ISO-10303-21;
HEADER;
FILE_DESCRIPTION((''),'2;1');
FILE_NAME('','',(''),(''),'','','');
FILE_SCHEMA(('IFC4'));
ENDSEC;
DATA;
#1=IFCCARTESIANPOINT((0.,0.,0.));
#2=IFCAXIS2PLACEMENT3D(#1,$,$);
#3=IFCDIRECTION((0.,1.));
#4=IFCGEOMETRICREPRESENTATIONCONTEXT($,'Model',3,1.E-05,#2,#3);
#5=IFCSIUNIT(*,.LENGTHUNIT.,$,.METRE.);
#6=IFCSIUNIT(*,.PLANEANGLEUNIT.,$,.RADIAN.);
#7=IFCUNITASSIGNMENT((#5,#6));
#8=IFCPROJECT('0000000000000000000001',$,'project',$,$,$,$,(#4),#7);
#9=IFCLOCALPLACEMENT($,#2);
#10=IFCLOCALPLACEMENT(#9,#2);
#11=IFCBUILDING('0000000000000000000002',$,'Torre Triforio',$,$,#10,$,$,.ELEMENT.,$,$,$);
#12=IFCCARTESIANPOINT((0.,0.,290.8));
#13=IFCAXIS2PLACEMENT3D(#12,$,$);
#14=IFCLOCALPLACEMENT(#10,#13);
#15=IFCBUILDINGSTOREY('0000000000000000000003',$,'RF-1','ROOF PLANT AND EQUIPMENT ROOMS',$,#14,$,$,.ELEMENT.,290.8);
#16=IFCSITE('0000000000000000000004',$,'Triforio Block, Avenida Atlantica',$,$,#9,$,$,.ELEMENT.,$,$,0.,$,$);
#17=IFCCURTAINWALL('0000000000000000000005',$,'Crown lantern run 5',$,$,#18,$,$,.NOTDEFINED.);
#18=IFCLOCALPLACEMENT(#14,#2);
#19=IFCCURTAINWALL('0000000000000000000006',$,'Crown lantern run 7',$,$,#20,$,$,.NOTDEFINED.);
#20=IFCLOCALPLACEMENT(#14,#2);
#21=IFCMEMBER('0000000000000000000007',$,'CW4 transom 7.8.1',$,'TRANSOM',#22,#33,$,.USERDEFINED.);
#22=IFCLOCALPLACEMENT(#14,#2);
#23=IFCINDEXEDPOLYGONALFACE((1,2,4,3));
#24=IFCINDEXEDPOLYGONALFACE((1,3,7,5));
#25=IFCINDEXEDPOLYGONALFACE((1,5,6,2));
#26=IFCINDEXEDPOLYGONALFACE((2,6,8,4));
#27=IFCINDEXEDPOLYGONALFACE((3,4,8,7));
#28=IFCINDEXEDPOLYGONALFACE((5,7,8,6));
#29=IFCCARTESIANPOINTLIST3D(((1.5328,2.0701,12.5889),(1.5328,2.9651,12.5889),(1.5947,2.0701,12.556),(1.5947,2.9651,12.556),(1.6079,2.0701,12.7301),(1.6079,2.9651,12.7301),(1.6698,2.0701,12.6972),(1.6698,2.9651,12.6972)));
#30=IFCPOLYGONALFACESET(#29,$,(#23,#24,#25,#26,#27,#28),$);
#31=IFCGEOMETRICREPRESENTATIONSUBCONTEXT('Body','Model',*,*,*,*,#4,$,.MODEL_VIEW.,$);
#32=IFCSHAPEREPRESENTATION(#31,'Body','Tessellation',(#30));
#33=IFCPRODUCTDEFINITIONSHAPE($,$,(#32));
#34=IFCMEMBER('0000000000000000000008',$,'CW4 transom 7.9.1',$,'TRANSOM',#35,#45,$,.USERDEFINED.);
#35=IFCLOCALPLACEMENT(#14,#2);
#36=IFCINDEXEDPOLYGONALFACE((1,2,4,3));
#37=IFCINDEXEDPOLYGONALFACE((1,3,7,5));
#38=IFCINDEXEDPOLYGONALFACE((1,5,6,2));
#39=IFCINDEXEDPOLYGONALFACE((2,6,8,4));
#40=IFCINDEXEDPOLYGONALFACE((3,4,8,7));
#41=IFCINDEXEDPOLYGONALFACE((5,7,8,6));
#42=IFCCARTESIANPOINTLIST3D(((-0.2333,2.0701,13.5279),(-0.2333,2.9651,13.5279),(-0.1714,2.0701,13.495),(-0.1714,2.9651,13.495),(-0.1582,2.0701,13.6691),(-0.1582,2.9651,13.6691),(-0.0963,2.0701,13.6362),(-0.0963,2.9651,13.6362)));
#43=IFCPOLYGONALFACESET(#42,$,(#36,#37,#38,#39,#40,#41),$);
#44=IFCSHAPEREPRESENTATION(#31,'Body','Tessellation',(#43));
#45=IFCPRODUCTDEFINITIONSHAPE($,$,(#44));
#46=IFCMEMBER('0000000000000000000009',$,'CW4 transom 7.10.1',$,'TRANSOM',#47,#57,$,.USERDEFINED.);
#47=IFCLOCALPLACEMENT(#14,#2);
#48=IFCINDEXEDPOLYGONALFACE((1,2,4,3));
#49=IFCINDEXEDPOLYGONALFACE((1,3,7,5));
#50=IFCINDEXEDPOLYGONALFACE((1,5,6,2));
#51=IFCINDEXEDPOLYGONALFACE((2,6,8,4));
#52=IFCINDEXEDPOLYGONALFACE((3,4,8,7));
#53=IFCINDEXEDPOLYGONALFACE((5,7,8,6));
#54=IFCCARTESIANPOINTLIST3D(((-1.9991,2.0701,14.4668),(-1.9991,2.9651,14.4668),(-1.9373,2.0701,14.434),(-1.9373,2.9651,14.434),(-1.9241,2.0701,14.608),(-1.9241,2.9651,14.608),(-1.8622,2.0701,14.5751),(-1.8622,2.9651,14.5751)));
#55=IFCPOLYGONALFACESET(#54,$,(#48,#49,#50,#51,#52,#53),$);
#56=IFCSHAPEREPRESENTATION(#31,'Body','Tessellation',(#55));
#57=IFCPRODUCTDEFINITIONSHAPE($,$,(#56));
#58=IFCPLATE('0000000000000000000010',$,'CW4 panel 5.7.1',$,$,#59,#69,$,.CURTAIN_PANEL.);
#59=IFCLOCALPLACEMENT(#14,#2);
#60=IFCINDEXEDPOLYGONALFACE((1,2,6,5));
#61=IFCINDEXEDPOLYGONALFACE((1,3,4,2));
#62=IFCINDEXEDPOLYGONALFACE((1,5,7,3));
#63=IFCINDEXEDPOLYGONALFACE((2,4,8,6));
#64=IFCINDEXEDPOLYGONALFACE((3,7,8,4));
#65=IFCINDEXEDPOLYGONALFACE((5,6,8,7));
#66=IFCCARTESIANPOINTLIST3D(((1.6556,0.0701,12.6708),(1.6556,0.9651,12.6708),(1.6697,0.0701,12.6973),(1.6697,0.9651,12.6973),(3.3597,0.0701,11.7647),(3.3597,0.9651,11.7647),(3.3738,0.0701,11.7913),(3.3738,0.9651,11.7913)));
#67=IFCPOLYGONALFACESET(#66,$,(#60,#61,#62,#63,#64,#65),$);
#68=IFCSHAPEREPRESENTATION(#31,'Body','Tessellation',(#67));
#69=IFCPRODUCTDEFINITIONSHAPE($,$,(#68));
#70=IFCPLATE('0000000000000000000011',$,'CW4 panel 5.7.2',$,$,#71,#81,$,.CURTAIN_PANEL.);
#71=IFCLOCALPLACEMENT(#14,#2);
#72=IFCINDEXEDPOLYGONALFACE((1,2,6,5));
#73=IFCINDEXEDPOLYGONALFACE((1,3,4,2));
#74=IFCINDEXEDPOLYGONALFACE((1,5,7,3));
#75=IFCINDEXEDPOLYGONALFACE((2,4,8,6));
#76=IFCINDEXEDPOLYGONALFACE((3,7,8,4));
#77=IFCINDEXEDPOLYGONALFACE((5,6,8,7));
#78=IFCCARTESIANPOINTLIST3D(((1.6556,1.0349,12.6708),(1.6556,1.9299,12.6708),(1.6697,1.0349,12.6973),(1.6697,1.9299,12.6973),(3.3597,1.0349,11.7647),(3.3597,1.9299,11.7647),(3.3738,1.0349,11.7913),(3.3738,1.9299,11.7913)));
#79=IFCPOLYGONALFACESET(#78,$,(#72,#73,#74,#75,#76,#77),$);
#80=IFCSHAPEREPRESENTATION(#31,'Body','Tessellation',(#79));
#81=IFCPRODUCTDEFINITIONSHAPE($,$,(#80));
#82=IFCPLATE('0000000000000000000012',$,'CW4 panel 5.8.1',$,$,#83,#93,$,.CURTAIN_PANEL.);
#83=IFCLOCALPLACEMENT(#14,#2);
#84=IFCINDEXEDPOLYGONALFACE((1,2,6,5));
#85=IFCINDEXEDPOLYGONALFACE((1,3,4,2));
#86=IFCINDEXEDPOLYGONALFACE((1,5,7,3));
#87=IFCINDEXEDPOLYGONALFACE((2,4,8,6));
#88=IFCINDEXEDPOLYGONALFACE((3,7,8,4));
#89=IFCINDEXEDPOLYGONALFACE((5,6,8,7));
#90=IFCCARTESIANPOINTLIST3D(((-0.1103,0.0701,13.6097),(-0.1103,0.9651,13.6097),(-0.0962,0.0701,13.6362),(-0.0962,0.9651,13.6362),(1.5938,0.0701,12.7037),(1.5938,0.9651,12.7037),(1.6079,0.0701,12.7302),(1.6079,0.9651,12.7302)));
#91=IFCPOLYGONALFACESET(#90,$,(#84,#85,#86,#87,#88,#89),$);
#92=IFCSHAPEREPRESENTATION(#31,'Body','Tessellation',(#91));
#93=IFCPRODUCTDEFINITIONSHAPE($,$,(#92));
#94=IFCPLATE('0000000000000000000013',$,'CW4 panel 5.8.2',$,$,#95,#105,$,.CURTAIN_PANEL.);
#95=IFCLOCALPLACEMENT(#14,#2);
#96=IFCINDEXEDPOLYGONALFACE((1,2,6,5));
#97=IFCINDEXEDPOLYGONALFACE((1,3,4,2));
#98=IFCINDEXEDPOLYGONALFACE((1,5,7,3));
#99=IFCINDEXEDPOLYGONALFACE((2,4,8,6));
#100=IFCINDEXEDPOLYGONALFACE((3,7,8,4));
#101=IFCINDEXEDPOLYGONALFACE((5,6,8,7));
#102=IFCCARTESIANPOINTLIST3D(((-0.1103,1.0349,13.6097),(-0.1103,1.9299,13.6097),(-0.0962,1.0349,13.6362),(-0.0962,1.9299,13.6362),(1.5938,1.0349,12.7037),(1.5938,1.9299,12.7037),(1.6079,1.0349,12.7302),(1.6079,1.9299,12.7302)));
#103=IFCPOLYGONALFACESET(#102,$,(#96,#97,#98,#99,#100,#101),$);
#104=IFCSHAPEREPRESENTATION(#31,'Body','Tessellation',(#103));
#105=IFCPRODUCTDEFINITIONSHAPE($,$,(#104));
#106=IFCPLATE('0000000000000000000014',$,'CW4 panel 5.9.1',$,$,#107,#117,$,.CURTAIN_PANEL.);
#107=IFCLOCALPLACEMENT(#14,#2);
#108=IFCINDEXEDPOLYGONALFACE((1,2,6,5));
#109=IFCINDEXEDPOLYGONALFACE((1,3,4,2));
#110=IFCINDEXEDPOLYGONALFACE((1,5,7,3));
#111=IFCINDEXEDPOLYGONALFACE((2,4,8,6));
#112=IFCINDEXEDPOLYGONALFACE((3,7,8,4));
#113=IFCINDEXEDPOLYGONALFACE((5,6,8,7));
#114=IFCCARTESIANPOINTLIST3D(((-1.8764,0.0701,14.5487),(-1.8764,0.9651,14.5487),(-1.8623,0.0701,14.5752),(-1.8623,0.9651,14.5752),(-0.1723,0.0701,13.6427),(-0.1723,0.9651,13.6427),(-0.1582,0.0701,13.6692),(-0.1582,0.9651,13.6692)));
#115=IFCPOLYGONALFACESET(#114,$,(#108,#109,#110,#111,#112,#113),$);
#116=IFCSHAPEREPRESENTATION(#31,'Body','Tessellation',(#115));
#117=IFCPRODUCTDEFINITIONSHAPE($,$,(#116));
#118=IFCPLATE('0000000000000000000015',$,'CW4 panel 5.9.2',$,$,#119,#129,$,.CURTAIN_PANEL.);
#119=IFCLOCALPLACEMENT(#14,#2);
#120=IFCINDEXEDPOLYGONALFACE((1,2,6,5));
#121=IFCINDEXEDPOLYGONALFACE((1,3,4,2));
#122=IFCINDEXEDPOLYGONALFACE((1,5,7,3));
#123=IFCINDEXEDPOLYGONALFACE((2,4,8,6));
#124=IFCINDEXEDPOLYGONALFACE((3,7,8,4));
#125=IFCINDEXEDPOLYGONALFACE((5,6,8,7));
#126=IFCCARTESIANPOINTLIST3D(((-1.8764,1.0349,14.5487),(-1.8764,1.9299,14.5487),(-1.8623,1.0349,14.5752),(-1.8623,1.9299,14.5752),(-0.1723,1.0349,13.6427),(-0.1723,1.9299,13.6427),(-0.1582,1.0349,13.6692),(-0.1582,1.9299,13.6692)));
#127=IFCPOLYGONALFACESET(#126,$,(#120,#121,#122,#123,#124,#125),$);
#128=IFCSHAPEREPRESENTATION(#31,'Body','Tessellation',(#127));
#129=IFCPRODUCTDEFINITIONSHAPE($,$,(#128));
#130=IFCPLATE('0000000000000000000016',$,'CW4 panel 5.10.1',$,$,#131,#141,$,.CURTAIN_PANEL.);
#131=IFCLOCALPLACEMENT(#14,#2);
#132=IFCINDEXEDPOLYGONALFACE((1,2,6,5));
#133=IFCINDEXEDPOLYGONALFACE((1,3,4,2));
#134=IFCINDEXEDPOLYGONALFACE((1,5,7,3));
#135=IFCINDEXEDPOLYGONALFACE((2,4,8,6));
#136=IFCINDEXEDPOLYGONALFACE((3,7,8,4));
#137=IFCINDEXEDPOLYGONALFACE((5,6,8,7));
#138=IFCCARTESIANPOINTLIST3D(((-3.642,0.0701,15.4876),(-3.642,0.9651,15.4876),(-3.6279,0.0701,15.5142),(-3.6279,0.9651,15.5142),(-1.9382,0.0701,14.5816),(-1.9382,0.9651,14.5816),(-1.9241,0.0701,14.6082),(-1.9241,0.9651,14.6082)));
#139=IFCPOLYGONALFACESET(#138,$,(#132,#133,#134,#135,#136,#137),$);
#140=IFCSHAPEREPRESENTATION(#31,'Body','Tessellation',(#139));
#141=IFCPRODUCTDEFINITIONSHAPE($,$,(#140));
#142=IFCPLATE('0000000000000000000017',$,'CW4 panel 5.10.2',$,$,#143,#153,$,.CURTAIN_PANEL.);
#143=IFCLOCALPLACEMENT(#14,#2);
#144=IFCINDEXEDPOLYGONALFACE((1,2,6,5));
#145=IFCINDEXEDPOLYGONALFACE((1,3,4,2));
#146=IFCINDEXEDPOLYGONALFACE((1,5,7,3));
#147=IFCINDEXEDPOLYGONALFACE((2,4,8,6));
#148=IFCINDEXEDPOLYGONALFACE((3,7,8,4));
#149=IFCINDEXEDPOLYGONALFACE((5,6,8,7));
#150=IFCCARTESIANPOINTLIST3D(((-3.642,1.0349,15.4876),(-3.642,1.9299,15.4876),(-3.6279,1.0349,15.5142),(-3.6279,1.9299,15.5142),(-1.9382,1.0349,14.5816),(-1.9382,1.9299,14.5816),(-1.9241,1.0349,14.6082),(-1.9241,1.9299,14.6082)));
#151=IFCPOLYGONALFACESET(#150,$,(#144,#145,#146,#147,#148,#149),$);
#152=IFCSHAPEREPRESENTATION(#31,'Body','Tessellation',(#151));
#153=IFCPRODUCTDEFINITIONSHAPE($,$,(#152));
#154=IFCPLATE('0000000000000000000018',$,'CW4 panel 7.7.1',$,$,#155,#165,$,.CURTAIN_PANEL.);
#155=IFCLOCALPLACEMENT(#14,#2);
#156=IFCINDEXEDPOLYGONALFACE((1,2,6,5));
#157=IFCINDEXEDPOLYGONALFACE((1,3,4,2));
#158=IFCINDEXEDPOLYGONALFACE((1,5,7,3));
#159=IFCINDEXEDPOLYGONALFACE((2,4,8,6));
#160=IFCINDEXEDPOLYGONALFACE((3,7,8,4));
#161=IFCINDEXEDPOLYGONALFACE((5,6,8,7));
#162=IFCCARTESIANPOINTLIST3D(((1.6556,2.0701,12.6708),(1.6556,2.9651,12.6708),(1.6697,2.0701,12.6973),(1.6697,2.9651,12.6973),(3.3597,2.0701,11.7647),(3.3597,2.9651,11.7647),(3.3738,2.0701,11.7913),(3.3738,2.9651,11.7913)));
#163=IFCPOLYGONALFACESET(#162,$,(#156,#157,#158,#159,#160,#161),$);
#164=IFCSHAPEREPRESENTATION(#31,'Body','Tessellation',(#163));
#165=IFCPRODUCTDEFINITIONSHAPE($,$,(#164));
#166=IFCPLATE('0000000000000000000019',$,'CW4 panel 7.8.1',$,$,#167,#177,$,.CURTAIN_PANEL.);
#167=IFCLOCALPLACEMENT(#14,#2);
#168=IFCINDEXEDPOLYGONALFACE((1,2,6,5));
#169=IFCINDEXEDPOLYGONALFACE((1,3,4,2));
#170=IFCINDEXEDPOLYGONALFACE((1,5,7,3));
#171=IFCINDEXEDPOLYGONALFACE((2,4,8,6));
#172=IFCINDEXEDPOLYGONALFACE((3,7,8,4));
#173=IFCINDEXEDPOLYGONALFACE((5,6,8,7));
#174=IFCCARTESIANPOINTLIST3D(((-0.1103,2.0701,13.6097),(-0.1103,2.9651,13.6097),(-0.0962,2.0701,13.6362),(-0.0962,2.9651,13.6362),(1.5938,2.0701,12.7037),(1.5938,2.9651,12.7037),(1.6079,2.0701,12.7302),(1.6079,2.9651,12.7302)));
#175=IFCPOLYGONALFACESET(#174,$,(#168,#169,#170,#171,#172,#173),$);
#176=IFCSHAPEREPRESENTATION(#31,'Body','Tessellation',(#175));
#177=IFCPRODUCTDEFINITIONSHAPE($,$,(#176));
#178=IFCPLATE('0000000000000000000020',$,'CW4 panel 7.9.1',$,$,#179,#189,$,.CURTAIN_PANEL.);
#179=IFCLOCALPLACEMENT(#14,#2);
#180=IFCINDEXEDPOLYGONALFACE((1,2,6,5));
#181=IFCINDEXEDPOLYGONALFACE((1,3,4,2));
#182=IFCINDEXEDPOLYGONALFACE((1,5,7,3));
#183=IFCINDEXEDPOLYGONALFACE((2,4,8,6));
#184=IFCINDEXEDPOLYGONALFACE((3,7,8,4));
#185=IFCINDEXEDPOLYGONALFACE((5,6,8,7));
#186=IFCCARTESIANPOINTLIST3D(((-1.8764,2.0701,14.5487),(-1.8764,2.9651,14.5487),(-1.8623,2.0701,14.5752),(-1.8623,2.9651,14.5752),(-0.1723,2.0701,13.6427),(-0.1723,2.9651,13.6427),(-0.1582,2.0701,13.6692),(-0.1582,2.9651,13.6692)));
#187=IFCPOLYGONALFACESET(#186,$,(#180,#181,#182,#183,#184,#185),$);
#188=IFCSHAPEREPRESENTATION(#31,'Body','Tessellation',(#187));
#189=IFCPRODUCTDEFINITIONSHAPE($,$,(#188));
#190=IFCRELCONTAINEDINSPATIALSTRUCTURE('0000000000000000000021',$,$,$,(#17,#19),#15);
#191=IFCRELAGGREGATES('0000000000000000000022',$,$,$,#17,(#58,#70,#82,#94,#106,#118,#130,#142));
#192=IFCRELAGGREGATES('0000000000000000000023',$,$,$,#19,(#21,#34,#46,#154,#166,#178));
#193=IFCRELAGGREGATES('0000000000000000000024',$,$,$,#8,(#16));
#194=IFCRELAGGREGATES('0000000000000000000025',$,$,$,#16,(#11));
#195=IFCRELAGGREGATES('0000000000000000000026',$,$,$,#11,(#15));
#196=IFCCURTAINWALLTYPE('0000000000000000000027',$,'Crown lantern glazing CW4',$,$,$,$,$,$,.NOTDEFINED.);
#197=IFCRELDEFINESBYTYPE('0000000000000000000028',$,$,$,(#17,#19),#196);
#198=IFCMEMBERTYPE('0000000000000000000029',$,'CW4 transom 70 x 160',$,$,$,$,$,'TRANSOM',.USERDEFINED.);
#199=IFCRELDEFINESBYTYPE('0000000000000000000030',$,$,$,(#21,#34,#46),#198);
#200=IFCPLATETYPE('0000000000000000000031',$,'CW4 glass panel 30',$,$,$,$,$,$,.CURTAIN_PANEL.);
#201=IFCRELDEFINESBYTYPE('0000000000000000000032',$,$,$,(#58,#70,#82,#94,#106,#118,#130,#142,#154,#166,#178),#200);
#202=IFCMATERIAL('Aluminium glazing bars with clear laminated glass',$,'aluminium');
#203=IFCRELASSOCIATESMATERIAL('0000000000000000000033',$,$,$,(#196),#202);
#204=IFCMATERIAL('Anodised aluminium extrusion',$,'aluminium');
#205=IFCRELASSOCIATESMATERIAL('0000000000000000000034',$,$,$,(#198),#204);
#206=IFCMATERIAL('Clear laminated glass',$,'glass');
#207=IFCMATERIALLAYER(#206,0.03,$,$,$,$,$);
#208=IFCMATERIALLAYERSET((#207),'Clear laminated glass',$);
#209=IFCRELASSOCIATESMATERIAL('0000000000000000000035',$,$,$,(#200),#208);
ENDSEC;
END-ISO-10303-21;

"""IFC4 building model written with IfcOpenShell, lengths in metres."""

from ifc_helpers import new_model, si_unit, direction, frame, origin, origin_2d, place, context, subcontext, project, spatial, polyline, rectangle, outline, extrude, material, layer, layer_set, material_profile, profile_set, type_object, element, aggregate, save


model = new_model("IFC4")

# Units and contexts
model_context = context("Model", 3, precision=1e-05, world=origin(), true_north=direction((0.0, 1.0)))
body_context = subcontext(model_context, "Body", "Model", "MODEL_VIEW")
ifc_project = project(units=[si_unit("LENGTHUNIT", "METRE"), si_unit("PLANEANGLEUNIT", "RADIAN")], contexts=[model_context])

# Site, building, storey
site_placement = place(None, origin())
site = spatial("IfcSite", under=ifc_project, at=site_placement, Name="Triforio Block, Avenida Atlantica", CompositionType="ELEMENT", RefElevation=0.0)
building_placement = place(site_placement, origin())
building = spatial("IfcBuilding", under=site, at=building_placement, Name="Torre Triforio", CompositionType="ELEMENT")
storey_placement = place(building_placement, frame((0.0, 0.0, 290.8)))
storey = spatial("IfcBuildingStorey", under=building, at=storey_placement, Name="RF-1", Description="ROOF PLANT AND EQUIPMENT ROOMS", CompositionType="ELEMENT", Elevation=290.8)

# Curtain walls
ifc_material_1 = material(Name="Aluminium glazing bars with clear laminated glass", Category="aluminium")
curtain_wall_type = type_object("IfcCurtainWallType", Name="Crown lantern glazing CW4", PredefinedType="NOTDEFINED", material=ifc_material_1)
curtain_wall_1_placement = place(storey_placement, origin())
curtain_wall_1 = element("IfcCurtainWall", 1, at=curtain_wall_1_placement, inside=storey, type_object=curtain_wall_type, Name="Crown lantern run 5", PredefinedType="NOTDEFINED")
ifc_material_2 = material(Name="Anodised aluminium extrusion", Category="aluminium")
curtain_wall_2_placement = place(storey_placement, origin())
curtain_wall_2 = element("IfcCurtainWall", 2, at=curtain_wall_2_placement, inside=storey, type_object=curtain_wall_type, Name="Crown lantern run 7", PredefinedType="NOTDEFINED")

# Members
ifc_material_profile_1 = material_profile(ifc_material_2, rectangle(XDim=0.0701, YDim=0.1599, at=origin_2d()), Name="CW4 TRANSOM 70x160")
ifc_profile_set_1 = profile_set([ifc_material_profile_1], Name="Anodised aluminium extrusion")
member_type_1 = type_object("IfcMemberType", Name="CW4 transom 70 x 160", ElementType="TRANSOM", PredefinedType="USERDEFINED", material=ifc_profile_set_1)
member_1_placement = place(storey_placement, frame((1.6013, 2.0701, 12.6431), z_axis=(0.0, 1.0, 0.0), x_axis=(-0.882948, 0.0, 0.469472)))
member_1 = element("IfcMember", 3, at=member_1_placement, type_object=member_type_1, Name="CW4 transom 7.8.1", ObjectType="TRANSOM", PredefinedType="USERDEFINED", context=body_context, shape_type="SweptSolid", body=[
    extrude(rectangle(XDim=0.0701, YDim=0.1599, at=origin_2d()), origin(), (0.0, 0.0, 1.0), 0.895),
])
member_2_placement = place(storey_placement, frame((-0.1648, 2.0701, 13.582), z_axis=(0.0, 1.0, 0.0), x_axis=(-0.882948, 0.0, 0.469472)))
member_2 = element("IfcMember", 4, at=member_2_placement, type_object=member_type_1, Name="CW4 transom 7.9.1", ObjectType="TRANSOM", PredefinedType="USERDEFINED", context=body_context, shape_type="SweptSolid", body=[
    extrude(rectangle(XDim=0.0701, YDim=0.1599, at=origin_2d()), origin(), (0.0, 0.0, 1.0), 0.895),
])
member_3_placement = place(storey_placement, frame((-1.9307, 2.0701, 14.521), z_axis=(0.0, 1.0, 0.0), x_axis=(-0.882948, 0.0, 0.469472)))
member_3 = element("IfcMember", 5, at=member_3_placement, type_object=member_type_1, Name="CW4 transom 7.10.1", ObjectType="TRANSOM", PredefinedType="USERDEFINED", context=body_context, shape_type="SweptSolid", body=[
    extrude(rectangle(XDim=0.0701, YDim=0.1599, at=origin_2d()), origin(), (0.0, 0.0, 1.0), 0.895),
])

# Plates
ifc_material_3 = material(Name="Clear laminated glass", Category="glass")
ifc_layer = layer(ifc_material_3, 0.03)
ifc_layer_set = layer_set([ifc_layer], Name="Clear laminated glass")
plate_type = type_object("IfcPlateType", Name="CW4 glass panel 30", PredefinedType="CURTAIN_PANEL", material=ifc_layer_set)
plate_1_placement = place(storey_placement, frame((3.3738, 0.0701, 11.7913), z_axis=(0.469439, 0.0, 0.882965), x_axis=(0.0, 1.0, 0.0)))
plate_1 = element("IfcPlate", 6, at=plate_1_placement, type_object=plate_type, Name="CW4 panel 5.7.1", PredefinedType="CURTAIN_PANEL", context=body_context, shape_type="SweptSolid", body=[
    extrude(outline(polyline([(0.0, 0.0), (0.895, 0.0), (0.895, 1.93), (0.0, 1.93), (0.0, 0.0)])), origin(), (0.0, 0.0, -1.0), 0.03),
])
plate_2_placement = place(storey_placement, frame((3.3738, 1.0349, 11.7913), z_axis=(0.469439, 0.0, 0.882965), x_axis=(0.0, 1.0, 0.0)))
plate_2 = element("IfcPlate", 7, at=plate_2_placement, type_object=plate_type, Name="CW4 panel 5.7.2", PredefinedType="CURTAIN_PANEL", context=body_context, shape_type="SweptSolid", body=[
    extrude(outline(polyline([(0.0, 0.0), (0.895, 0.0), (0.895, 1.93), (0.0, 1.93), (0.0, 0.0)])), origin(), (0.0, 0.0, -1.0), 0.03),
])
plate_3_placement = place(storey_placement, frame((1.6079, 0.0701, 12.7302), z_axis=(0.469439, 0.0, 0.882965), x_axis=(0.0, 1.0, 0.0)))
plate_3 = element("IfcPlate", 8, at=plate_3_placement, type_object=plate_type, Name="CW4 panel 5.8.1", PredefinedType="CURTAIN_PANEL", context=body_context, shape_type="SweptSolid", body=[
    extrude(outline(polyline([(0.0, 0.0), (0.895, 0.0), (0.895, 1.93), (0.0, 1.93), (0.0, 0.0)])), origin(), (0.0, 0.0, -1.0), 0.03),
])
plate_4_placement = place(storey_placement, frame((1.6079, 1.0349, 12.7302), z_axis=(0.469439, 0.0, 0.882965), x_axis=(0.0, 1.0, 0.0)))
plate_4 = element("IfcPlate", 9, at=plate_4_placement, type_object=plate_type, Name="CW4 panel 5.8.2", PredefinedType="CURTAIN_PANEL", context=body_context, shape_type="SweptSolid", body=[
    extrude(outline(polyline([(0.0, 0.0), (0.895, 0.0), (0.895, 1.93), (0.0, 1.93), (0.0, 0.0)])), origin(), (0.0, 0.0, -1.0), 0.03),
])
plate_5_placement = place(storey_placement, frame((-0.1582, 0.0701, 13.6692), z_axis=(0.469439, 0.0, 0.882965), x_axis=(0.0, 1.0, 0.0)))
plate_5 = element("IfcPlate", 10, at=plate_5_placement, type_object=plate_type, Name="CW4 panel 5.9.1", PredefinedType="CURTAIN_PANEL", context=body_context, shape_type="SweptSolid", body=[
    extrude(outline(polyline([(0.0, 0.0), (0.895, 0.0), (0.895, 1.93), (0.0, 1.93), (0.0, 0.0)])), origin(), (0.0, 0.0, -1.0), 0.03),
])
plate_6_placement = place(storey_placement, frame((-0.1582, 1.0349, 13.6692), z_axis=(0.469439, 0.0, 0.882965), x_axis=(0.0, 1.0, 0.0)))
plate_6 = element("IfcPlate", 11, at=plate_6_placement, type_object=plate_type, Name="CW4 panel 5.9.2", PredefinedType="CURTAIN_PANEL", context=body_context, shape_type="SweptSolid", body=[
    extrude(outline(polyline([(0.0, 0.0), (0.895, 0.0), (0.895, 1.93), (0.0, 1.93), (0.0, 0.0)])), origin(), (0.0, 0.0, -1.0), 0.03),
])
plate_7_placement = place(storey_placement, frame((-1.9241, 0.0701, 14.6082), z_axis=(0.469491, 0.0, 0.882937), x_axis=(0.0, 1.0, 0.0)))
plate_7 = element("IfcPlate", 12, at=plate_7_placement, type_object=plate_type, Name="CW4 panel 5.10.1", PredefinedType="CURTAIN_PANEL", context=body_context, shape_type="SweptSolid", body=[
    extrude(outline(polyline([(0.0, 0.0), (0.895, 0.0), (0.895, 1.9298), (0.0, 1.9298), (0.0, 0.0)])), origin(), (0.0, 0.0, -1.0), 0.03),
])
plate_8_placement = place(storey_placement, frame((-1.9241, 1.0349, 14.6082), z_axis=(0.469491, 0.0, 0.882937), x_axis=(0.0, 1.0, 0.0)))
plate_8 = element("IfcPlate", 13, at=plate_8_placement, type_object=plate_type, Name="CW4 panel 5.10.2", PredefinedType="CURTAIN_PANEL", context=body_context, shape_type="SweptSolid", body=[
    extrude(outline(polyline([(0.0, 0.0), (0.895, 0.0), (0.895, 1.9298), (0.0, 1.9298), (0.0, 0.0)])), origin(), (0.0, 0.0, -1.0), 0.03),
])
aggregate(curtain_wall_1, [plate_1, plate_2, plate_3, plate_4, plate_5, plate_6, plate_7, plate_8])
plate_9_placement = place(storey_placement, frame((3.3738, 2.0701, 11.7913), z_axis=(0.469439, 0.0, 0.882965), x_axis=(0.0, 1.0, 0.0)))
plate_9 = element("IfcPlate", 14, at=plate_9_placement, type_object=plate_type, Name="CW4 panel 7.7.1", PredefinedType="CURTAIN_PANEL", context=body_context, shape_type="SweptSolid", body=[
    extrude(outline(polyline([(0.0, 0.0), (0.895, 0.0), (0.895, 1.93), (0.0, 1.93), (0.0, 0.0)])), origin(), (0.0, 0.0, -1.0), 0.03),
])
plate_10_placement = place(storey_placement, frame((1.6079, 2.0701, 12.7302), z_axis=(0.469439, 0.0, 0.882965), x_axis=(0.0, 1.0, 0.0)))
plate_10 = element("IfcPlate", 15, at=plate_10_placement, type_object=plate_type, Name="CW4 panel 7.8.1", PredefinedType="CURTAIN_PANEL", context=body_context, shape_type="SweptSolid", body=[
    extrude(outline(polyline([(0.0, 0.0), (0.895, 0.0), (0.895, 1.93), (0.0, 1.93), (0.0, 0.0)])), origin(), (0.0, 0.0, -1.0), 0.03),
])
plate_11_placement = place(storey_placement, frame((-0.1582, 2.0701, 13.6692), z_axis=(0.469439, 0.0, 0.882965), x_axis=(0.0, 1.0, 0.0)))
plate_11 = element("IfcPlate", 16, at=plate_11_placement, type_object=plate_type, Name="CW4 panel 7.9.1", PredefinedType="CURTAIN_PANEL", context=body_context, shape_type="SweptSolid", body=[
    extrude(outline(polyline([(0.0, 0.0), (0.895, 0.0), (0.895, 1.93), (0.0, 1.93), (0.0, 0.0)])), origin(), (0.0, 0.0, -1.0), 0.03),
])
aggregate(curtain_wall_2, [member_1, member_2, member_3, plate_9, plate_10, plate_11])

save(model, "model.ifc")
